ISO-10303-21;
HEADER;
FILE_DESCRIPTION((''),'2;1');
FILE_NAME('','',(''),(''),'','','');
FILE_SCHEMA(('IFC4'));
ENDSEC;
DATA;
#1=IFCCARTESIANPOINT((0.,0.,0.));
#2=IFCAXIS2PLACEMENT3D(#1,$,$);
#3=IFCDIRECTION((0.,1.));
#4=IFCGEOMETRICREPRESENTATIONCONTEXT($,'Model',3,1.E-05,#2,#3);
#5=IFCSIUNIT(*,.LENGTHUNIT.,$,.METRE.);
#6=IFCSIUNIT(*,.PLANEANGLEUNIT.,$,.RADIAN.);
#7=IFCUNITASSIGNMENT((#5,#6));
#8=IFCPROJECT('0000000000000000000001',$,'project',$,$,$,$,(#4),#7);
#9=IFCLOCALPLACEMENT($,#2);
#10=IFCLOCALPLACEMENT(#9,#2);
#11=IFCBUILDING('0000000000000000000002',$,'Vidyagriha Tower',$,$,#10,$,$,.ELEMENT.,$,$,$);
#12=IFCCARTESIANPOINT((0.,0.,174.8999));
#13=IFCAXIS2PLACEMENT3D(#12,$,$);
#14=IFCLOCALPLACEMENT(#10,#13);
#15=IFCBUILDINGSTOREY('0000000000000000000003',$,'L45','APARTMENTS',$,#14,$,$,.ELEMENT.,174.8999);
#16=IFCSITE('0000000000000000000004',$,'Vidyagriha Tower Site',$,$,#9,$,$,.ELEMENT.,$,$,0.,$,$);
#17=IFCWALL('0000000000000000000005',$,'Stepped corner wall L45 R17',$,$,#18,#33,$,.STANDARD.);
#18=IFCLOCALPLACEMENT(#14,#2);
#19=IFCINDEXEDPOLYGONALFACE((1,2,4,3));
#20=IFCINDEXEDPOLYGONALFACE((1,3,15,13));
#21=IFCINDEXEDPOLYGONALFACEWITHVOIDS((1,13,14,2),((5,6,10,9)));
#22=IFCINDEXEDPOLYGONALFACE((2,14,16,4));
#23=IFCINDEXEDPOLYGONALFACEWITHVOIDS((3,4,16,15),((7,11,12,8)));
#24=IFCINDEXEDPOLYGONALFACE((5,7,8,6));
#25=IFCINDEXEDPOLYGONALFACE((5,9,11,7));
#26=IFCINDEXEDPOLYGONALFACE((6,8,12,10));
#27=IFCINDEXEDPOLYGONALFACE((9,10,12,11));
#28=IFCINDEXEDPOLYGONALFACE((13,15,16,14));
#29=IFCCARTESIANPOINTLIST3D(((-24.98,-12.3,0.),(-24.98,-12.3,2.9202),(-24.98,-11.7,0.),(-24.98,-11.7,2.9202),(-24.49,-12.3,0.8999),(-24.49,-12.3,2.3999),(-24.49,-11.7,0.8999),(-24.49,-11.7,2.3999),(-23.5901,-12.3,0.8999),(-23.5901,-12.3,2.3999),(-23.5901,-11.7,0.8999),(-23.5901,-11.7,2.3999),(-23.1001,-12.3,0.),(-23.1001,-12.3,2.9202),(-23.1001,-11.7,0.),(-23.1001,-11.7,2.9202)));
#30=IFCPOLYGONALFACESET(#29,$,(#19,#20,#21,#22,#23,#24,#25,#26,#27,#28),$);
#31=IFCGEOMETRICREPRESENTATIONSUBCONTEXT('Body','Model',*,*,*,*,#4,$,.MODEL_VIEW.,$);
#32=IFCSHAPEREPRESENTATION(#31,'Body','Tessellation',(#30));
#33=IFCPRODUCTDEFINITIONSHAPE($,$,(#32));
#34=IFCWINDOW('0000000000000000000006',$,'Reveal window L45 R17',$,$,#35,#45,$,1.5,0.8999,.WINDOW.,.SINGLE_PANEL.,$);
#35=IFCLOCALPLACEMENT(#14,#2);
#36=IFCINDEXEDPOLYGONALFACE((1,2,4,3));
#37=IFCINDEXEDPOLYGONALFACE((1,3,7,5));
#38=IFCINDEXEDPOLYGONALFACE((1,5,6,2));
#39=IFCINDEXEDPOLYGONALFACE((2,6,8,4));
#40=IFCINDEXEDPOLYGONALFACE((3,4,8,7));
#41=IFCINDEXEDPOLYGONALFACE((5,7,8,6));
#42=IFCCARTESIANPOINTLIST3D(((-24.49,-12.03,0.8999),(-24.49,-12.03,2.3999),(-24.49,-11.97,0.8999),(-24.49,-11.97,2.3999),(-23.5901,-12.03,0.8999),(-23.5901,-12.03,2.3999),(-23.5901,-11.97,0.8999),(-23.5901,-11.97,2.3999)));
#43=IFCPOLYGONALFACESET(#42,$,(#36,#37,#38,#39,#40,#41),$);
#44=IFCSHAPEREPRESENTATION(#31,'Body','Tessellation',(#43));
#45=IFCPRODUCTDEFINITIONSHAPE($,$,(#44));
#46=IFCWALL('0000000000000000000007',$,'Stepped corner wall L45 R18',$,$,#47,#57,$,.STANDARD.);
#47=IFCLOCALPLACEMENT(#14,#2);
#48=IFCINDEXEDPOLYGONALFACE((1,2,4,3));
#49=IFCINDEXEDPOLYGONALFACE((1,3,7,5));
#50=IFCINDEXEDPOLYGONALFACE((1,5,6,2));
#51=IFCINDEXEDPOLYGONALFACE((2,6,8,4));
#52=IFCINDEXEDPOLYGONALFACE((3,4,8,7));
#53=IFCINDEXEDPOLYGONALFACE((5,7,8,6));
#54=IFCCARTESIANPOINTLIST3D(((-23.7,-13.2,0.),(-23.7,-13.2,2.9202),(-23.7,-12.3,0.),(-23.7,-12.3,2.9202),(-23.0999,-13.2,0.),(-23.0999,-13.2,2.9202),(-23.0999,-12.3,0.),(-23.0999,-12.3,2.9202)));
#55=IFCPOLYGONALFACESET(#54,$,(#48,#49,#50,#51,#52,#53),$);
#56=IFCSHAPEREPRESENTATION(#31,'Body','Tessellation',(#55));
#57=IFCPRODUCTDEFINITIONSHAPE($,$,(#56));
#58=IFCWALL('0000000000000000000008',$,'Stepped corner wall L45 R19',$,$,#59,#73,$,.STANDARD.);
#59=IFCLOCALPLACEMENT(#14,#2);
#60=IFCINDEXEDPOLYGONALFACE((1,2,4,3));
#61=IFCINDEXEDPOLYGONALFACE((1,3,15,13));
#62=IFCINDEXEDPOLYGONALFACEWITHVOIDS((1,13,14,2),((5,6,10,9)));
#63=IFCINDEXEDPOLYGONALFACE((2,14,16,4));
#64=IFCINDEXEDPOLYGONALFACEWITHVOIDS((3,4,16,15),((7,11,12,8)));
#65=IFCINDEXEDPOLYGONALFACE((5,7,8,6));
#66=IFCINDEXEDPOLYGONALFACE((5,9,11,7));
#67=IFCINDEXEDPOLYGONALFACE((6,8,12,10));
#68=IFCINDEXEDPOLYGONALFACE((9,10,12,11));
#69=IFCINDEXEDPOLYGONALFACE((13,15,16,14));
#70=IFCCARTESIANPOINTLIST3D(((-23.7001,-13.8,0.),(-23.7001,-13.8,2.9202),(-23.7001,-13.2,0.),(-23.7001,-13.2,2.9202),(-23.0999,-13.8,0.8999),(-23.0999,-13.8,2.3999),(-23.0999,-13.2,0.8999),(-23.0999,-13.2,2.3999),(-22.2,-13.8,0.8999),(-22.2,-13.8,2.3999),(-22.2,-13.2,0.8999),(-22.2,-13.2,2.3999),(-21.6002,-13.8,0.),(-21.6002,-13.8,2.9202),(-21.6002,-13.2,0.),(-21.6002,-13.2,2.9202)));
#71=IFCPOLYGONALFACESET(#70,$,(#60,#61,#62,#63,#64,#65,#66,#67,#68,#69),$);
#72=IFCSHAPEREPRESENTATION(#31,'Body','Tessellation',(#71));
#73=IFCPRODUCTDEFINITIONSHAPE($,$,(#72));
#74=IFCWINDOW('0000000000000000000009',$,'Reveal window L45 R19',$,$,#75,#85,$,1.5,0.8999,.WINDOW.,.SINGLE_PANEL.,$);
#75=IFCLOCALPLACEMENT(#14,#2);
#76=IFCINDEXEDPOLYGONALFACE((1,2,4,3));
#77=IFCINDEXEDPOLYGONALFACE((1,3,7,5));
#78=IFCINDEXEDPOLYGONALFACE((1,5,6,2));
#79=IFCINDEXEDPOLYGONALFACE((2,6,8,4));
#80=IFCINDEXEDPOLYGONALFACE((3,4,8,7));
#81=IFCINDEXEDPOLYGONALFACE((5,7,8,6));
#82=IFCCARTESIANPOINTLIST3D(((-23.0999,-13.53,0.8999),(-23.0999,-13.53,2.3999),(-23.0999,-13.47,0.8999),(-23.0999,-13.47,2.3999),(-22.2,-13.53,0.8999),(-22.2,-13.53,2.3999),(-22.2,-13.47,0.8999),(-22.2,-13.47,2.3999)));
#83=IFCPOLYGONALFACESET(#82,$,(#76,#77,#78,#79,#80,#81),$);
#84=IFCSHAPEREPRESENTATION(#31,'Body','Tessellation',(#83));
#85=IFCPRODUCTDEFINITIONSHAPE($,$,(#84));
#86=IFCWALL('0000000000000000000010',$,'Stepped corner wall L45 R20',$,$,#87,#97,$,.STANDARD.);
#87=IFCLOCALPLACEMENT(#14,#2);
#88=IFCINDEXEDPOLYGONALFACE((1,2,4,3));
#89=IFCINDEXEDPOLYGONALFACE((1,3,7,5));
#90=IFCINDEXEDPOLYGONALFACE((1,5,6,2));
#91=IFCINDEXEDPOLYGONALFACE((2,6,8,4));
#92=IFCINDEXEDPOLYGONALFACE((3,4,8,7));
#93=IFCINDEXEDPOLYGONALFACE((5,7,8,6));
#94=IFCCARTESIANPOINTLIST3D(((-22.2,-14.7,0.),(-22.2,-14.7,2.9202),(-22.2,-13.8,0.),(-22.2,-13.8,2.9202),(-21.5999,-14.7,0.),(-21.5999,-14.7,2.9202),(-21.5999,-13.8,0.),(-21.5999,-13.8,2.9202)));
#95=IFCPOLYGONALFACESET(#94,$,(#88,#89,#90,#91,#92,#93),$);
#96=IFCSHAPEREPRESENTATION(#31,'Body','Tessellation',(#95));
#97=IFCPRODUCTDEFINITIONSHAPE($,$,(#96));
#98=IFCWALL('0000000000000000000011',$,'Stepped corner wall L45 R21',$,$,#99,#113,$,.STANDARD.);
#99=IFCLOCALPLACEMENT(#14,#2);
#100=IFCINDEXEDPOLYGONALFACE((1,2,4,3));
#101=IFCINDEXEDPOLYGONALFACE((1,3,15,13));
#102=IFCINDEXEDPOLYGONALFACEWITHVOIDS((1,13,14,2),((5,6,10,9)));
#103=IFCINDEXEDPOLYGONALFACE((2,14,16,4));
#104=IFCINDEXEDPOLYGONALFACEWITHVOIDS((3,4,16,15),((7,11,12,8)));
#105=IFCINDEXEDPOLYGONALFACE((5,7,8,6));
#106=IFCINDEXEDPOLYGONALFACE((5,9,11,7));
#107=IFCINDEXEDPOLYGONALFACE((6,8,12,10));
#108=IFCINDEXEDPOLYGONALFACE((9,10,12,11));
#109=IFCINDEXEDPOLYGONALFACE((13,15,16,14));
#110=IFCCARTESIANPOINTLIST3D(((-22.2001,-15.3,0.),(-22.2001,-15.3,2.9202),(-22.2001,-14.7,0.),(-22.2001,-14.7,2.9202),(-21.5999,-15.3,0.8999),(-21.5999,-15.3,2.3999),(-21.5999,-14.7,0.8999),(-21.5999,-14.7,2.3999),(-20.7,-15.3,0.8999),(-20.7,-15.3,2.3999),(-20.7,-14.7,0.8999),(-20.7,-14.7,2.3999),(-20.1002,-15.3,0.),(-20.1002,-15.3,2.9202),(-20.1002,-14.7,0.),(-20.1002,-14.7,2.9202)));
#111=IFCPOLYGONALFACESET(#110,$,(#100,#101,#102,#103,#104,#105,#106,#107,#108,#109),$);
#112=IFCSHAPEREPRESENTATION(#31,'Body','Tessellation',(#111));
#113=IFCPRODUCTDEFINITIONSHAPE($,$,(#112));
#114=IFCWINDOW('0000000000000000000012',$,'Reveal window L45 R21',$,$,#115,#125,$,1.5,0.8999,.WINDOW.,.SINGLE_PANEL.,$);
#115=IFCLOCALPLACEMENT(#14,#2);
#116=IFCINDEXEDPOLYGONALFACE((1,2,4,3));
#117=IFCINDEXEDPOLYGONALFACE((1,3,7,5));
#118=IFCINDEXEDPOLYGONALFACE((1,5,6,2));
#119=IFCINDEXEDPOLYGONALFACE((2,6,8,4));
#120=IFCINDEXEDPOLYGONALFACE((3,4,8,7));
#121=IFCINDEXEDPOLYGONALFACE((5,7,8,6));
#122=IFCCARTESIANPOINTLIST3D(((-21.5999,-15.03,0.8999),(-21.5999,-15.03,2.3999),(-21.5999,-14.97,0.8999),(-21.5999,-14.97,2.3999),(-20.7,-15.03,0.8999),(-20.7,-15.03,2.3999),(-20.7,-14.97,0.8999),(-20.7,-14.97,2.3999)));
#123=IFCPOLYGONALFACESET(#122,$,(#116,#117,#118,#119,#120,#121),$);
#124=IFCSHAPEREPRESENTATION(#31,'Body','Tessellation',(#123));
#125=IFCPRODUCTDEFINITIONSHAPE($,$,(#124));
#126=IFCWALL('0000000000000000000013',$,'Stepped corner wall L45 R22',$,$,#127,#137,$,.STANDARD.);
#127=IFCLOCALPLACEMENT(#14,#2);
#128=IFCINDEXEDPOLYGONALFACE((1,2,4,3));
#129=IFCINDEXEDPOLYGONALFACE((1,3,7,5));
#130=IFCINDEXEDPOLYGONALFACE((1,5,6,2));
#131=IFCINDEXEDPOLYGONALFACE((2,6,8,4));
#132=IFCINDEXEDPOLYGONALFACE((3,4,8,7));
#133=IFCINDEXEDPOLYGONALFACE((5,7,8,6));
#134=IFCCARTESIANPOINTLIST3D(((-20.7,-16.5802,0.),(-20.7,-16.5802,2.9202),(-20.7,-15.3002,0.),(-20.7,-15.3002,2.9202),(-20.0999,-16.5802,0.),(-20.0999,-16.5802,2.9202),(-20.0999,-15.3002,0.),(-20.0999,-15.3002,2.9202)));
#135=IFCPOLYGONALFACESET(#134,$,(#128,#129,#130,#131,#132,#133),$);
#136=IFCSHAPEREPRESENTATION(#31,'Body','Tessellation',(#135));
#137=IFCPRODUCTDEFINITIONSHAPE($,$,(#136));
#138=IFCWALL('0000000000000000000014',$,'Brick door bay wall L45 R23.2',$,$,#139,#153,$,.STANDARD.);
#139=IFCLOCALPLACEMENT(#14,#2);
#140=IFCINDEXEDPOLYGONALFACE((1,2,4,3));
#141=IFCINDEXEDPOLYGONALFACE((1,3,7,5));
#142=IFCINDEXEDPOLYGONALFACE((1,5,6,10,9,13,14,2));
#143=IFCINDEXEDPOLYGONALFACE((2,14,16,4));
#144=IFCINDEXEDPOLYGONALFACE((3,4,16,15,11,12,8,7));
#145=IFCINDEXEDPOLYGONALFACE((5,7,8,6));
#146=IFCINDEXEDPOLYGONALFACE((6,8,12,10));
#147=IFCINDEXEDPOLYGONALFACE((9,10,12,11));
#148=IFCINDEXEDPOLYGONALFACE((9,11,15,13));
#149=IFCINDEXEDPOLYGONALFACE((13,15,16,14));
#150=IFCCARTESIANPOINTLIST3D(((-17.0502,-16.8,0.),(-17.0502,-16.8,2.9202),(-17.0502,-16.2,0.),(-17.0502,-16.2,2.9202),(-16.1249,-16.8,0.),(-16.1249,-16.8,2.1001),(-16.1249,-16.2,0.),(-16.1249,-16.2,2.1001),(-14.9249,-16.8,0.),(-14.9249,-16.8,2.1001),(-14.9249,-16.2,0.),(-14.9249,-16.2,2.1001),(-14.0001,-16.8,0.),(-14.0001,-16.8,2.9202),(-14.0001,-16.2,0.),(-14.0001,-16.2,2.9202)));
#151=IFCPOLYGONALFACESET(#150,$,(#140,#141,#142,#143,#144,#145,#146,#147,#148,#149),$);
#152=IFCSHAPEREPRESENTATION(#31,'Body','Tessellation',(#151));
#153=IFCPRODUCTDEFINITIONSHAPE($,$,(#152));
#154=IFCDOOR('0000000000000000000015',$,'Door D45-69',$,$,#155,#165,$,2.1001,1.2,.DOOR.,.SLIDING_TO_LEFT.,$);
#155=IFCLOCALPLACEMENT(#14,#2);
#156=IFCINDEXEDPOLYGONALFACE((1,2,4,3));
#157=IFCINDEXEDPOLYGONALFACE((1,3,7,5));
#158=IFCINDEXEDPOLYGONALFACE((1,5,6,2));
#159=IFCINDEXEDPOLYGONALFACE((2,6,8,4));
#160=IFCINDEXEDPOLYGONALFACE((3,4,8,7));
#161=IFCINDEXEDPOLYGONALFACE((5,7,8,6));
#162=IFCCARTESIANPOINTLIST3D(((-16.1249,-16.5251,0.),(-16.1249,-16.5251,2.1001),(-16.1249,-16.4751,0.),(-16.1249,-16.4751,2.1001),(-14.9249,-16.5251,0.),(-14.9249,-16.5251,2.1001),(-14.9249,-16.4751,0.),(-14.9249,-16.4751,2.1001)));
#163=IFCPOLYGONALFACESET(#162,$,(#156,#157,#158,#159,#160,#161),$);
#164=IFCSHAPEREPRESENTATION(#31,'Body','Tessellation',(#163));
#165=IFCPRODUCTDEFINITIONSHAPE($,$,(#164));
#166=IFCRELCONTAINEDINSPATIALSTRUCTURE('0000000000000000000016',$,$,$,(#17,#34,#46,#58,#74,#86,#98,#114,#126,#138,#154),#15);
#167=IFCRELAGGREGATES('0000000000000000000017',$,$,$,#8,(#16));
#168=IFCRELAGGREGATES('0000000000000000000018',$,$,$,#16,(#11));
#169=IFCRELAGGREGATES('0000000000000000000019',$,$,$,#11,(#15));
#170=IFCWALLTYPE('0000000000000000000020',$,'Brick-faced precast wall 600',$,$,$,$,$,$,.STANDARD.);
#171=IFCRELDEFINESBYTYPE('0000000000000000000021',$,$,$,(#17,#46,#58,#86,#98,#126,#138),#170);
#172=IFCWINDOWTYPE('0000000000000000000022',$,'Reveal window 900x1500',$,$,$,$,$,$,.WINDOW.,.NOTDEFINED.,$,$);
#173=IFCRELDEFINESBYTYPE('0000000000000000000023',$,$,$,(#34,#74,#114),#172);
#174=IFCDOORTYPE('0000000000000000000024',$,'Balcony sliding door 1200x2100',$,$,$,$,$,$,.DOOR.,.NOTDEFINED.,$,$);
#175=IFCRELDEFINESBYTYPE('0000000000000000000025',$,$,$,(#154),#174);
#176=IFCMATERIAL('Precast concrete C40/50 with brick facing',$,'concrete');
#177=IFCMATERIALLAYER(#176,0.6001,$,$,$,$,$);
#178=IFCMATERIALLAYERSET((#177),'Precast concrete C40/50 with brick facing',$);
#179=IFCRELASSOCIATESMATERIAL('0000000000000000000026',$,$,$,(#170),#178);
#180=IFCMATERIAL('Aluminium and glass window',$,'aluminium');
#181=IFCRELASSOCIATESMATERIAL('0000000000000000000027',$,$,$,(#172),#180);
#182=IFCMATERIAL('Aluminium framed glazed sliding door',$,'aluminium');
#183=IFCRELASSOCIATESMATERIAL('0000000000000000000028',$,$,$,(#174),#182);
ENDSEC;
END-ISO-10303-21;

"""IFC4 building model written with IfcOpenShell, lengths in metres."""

from ifc_helpers import new_model, si_unit, direction, frame, frame_2d, origin, place, context, subcontext, project, spatial, rectangle, extrude, material, layer, layer_set, type_object, element, fill, save


model = new_model("IFC4")

# Units and contexts
model_context = context("Model", 3, precision=1e-05, world=origin(), true_north=direction((0.0, 1.0)))
body_context = subcontext(model_context, "Body", "Model", "MODEL_VIEW")
ifc_project = project(units=[si_unit("LENGTHUNIT", "METRE"), si_unit("PLANEANGLEUNIT", "RADIAN")], contexts=[model_context])

# Site, building, storey
site_placement = place(None, origin())
site = spatial("IfcSite", under=ifc_project, at=site_placement, Name="Vidyagriha Tower Site", CompositionType="ELEMENT", RefElevation=0.0)
building_placement = place(site_placement, origin())
building = spatial("IfcBuilding", under=site, at=building_placement, Name="Vidyagriha Tower", CompositionType="ELEMENT")
storey_placement = place(building_placement, frame((0.0, 0.0, 174.8999)))
storey = spatial("IfcBuildingStorey", under=building, at=storey_placement, Name="L45", Description="APARTMENTS", CompositionType="ELEMENT", Elevation=174.8999)

# Wall, opening, window
ifc_material_1 = material(Name="Precast concrete C40/50 with brick facing", Category="concrete")
ifc_layer_1 = layer(ifc_material_1, 0.6001)
ifc_layer_set_1 = layer_set([ifc_layer_1], Name="Precast concrete C40/50 with brick facing")
wall_type = type_object("IfcWallType", Name="Brick-faced precast wall 600", PredefinedType="STANDARD", material=ifc_layer_set_1)
wall_1_placement = place(storey_placement, frame((-24.98, -12.0, 0.0)))
wall_1 = element("IfcWall", 1, at=wall_1_placement, inside=storey, type_object=wall_type, Name="Stepped corner wall L45 R17", PredefinedType="STANDARD", context=body_context, shape_type="SweptSolid", body=[
    extrude(rectangle(XDim=1.8799, YDim=0.6001, at=frame_2d((0.9399, 0.0))), origin(), (0.0, 0.0, 1.0), 2.9202),
])
opening_1_placement = place(wall_1_placement, frame((0.49, 0.0, 0.8999)))
opening_1 = element("IfcOpeningElement", 2, at=opening_1_placement, cuts=wall_1, PredefinedType="OPENING", context=body_context, shape_type="SweptSolid", body=[
    extrude(rectangle(XDim=0.8999, YDim=1.5, at=frame_2d((0.45, 0.75))), frame((0.0, 0.3101, 0.0), z_axis=(0.0, -1.0, 0.0), x_axis=(1.0, 0.0, 0.0)), (0.0, 0.0, 1.0), 0.6201),
])
ifc_material_2 = material(Name="Aluminium and glass window", Category="aluminium")
window_type = type_object("IfcWindowType", Name="Reveal window 900x1500", PartitioningType="NOTDEFINED", PredefinedType="WINDOW", material=ifc_material_2)
window_1_placement = place(opening_1_placement, origin())
window_1 = element("IfcWindow", 3, at=window_1_placement, inside=storey, type_object=window_type, Name="Reveal window L45 R17", OverallHeight=1.5, OverallWidth=0.8999, PartitioningType="SINGLE_PANEL", PredefinedType="WINDOW", context=body_context, shape_type="SweptSolid", body=[
    extrude(rectangle(XDim=0.8999, YDim=1.5, at=frame_2d((0.45, 0.75))), frame((0.0, 0.03, 0.0), z_axis=(0.0, -1.0, 0.0), x_axis=(1.0, 0.0, 0.0)), (0.0, 0.0, 1.0), 0.0601),
])
fill(opening_1, window_1)

# Wall
wall_2_placement = place(storey_placement, frame((-23.3999, -12.3, 0.0), z_axis=(0.0, 0.0, 1.0), x_axis=(0.0, -1.0, 0.0)))
element("IfcWall", 4, at=wall_2_placement, inside=storey, type_object=wall_type, Name="Stepped corner wall L45 R18", PredefinedType="STANDARD", context=body_context, shape_type="SweptSolid", body=[
    extrude(rectangle(XDim=0.8999, YDim=0.6001, at=frame_2d((0.45, 0.0))), origin(), (0.0, 0.0, 1.0), 2.9202),
])

# Wall, opening, window
wall_3_placement = place(storey_placement, frame((-23.7, -13.5, 0.0)))
wall_3 = element("IfcWall", 5, at=wall_3_placement, inside=storey, type_object=wall_type, Name="Stepped corner wall L45 R19", PredefinedType="STANDARD", context=body_context, shape_type="SweptSolid", body=[
    extrude(rectangle(XDim=2.0999, YDim=0.6001, at=frame_2d((1.0498, 0.0))), origin(), (0.0, 0.0, 1.0), 2.9202),
])
opening_2_placement = place(wall_3_placement, frame((0.6001, 0.0, 0.8999)))
opening_2 = element("IfcOpeningElement", 6, at=opening_2_placement, cuts=wall_3, PredefinedType="OPENING", context=body_context, shape_type="SweptSolid", body=[
    extrude(rectangle(XDim=0.8999, YDim=1.5, at=frame_2d((0.45, 0.75))), frame((0.0, 0.3101, 0.0), z_axis=(0.0, -1.0, 0.0), x_axis=(1.0, 0.0, 0.0)), (0.0, 0.0, 1.0), 0.6201),
])
window_2_placement = place(opening_2_placement, origin())
window_2 = element("IfcWindow", 7, at=window_2_placement, inside=storey, type_object=window_type, Name="Reveal window L45 R19", OverallHeight=1.5, OverallWidth=0.8999, PartitioningType="SINGLE_PANEL", PredefinedType="WINDOW", context=body_context, shape_type="SweptSolid", body=[
    extrude(rectangle(XDim=0.8999, YDim=1.5, at=frame_2d((0.45, 0.75))), frame((0.0, 0.03, 0.0), z_axis=(0.0, -1.0, 0.0), x_axis=(1.0, 0.0, 0.0)), (0.0, 0.0, 1.0), 0.0601),
])
fill(opening_2, window_2)

# Wall
wall_4_placement = place(storey_placement, frame((-21.8999, -13.8, 0.0), z_axis=(0.0, 0.0, 1.0), x_axis=(0.0, -1.0, 0.0)))
element("IfcWall", 8, at=wall_4_placement, inside=storey, type_object=wall_type, Name="Stepped corner wall L45 R20", PredefinedType="STANDARD", context=body_context, shape_type="SweptSolid", body=[
    extrude(rectangle(XDim=0.8999, YDim=0.6001, at=frame_2d((0.45, 0.0))), origin(), (0.0, 0.0, 1.0), 2.9202),
])

# Wall, opening, window
wall_5_placement = place(storey_placement, frame((-22.2, -15.0, 0.0)))
wall_5 = element("IfcWall", 9, at=wall_5_placement, inside=storey, type_object=wall_type, Name="Stepped corner wall L45 R21", PredefinedType="STANDARD", context=body_context, shape_type="SweptSolid", body=[
    extrude(rectangle(XDim=2.0999, YDim=0.6001, at=frame_2d((1.0498, 0.0))), origin(), (0.0, 0.0, 1.0), 2.9202),
])
opening_3_placement = place(wall_5_placement, frame((0.6001, 0.0, 0.8999)))
opening_3 = element("IfcOpeningElement", 10, at=opening_3_placement, cuts=wall_5, PredefinedType="OPENING", context=body_context, shape_type="SweptSolid", body=[
    extrude(rectangle(XDim=0.8999, YDim=1.5, at=frame_2d((0.45, 0.75))), frame((0.0, 0.3101, 0.0), z_axis=(0.0, -1.0, 0.0), x_axis=(1.0, 0.0, 0.0)), (0.0, 0.0, 1.0), 0.6201),
])
window_3_placement = place(opening_3_placement, origin())
window_3 = element("IfcWindow", 11, at=window_3_placement, inside=storey, type_object=window_type, Name="Reveal window L45 R21", OverallHeight=1.5, OverallWidth=0.8999, PartitioningType="SINGLE_PANEL", PredefinedType="WINDOW", context=body_context, shape_type="SweptSolid", body=[
    extrude(rectangle(XDim=0.8999, YDim=1.5, at=frame_2d((0.45, 0.75))), frame((0.0, 0.03, 0.0), z_axis=(0.0, -1.0, 0.0), x_axis=(1.0, 0.0, 0.0)), (0.0, 0.0, 1.0), 0.0601),
])
fill(opening_3, window_3)

# Wall
wall_6_placement = place(storey_placement, frame((-20.3999, -15.3, 0.0), z_axis=(0.0, 0.0, 1.0), x_axis=(0.0, -1.0, 0.0)))
element("IfcWall", 12, at=wall_6_placement, inside=storey, type_object=wall_type, Name="Stepped corner wall L45 R22", PredefinedType="STANDARD", context=body_context, shape_type="SweptSolid", body=[
    extrude(rectangle(XDim=1.28, YDim=0.6001, at=frame_2d((0.6401, 0.0))), origin(), (0.0, 0.0, 1.0), 2.9202),
])

# Wall, opening, door
wall_7_placement = place(storey_placement, frame((-17.05, -16.5, 0.0)))
wall_7 = element("IfcWall", 13, at=wall_7_placement, inside=storey, type_object=wall_type, Name="Brick door bay wall L45 R23.2", PredefinedType="STANDARD", context=body_context, shape_type="SweptSolid", body=[
    extrude(rectangle(XDim=3.05, YDim=0.6001, at=frame_2d((1.5249, 0.0))), origin(), (0.0, 0.0, 1.0), 2.9202),
])
opening_4_placement = place(wall_7_placement, frame((0.925, 0.0, 0.0)))
opening_4 = element("IfcOpeningElement", 14, at=opening_4_placement, cuts=wall_7, PredefinedType="OPENING", context=body_context, shape_type="SweptSolid", body=[
    extrude(rectangle(XDim=1.2, YDim=2.1001, at=frame_2d((0.6001, 1.05))), frame((0.0, 0.3101, 0.0), z_axis=(0.0, -1.0, 0.0), x_axis=(1.0, 0.0, 0.0)), (0.0, 0.0, 1.0), 0.6201),
])
ifc_material_3 = material(Name="Aluminium framed glazed sliding door", Category="aluminium")
door_type = type_object("IfcDoorType", Name="Balcony sliding door 1200x2100", OperationType="NOTDEFINED", PredefinedType="DOOR", material=ifc_material_3)
door_placement = place(opening_4_placement, origin())
door = element("IfcDoor", 15, at=door_placement, inside=storey, type_object=door_type, Name="Door D45-69", OperationType="SLIDING_TO_LEFT", OverallHeight=2.1001, OverallWidth=1.2, PredefinedType="DOOR", context=body_context, shape_type="SweptSolid", body=[
    extrude(rectangle(XDim=1.2, YDim=2.1001, at=frame_2d((0.6001, 1.05))), frame((0.0, 0.0249, 0.0), z_axis=(0.0, -1.0, 0.0), x_axis=(1.0, 0.0, 0.0)), (0.0, 0.0, 1.0), 0.05),
])
fill(opening_4, door)

save(model, "model.ifc")
